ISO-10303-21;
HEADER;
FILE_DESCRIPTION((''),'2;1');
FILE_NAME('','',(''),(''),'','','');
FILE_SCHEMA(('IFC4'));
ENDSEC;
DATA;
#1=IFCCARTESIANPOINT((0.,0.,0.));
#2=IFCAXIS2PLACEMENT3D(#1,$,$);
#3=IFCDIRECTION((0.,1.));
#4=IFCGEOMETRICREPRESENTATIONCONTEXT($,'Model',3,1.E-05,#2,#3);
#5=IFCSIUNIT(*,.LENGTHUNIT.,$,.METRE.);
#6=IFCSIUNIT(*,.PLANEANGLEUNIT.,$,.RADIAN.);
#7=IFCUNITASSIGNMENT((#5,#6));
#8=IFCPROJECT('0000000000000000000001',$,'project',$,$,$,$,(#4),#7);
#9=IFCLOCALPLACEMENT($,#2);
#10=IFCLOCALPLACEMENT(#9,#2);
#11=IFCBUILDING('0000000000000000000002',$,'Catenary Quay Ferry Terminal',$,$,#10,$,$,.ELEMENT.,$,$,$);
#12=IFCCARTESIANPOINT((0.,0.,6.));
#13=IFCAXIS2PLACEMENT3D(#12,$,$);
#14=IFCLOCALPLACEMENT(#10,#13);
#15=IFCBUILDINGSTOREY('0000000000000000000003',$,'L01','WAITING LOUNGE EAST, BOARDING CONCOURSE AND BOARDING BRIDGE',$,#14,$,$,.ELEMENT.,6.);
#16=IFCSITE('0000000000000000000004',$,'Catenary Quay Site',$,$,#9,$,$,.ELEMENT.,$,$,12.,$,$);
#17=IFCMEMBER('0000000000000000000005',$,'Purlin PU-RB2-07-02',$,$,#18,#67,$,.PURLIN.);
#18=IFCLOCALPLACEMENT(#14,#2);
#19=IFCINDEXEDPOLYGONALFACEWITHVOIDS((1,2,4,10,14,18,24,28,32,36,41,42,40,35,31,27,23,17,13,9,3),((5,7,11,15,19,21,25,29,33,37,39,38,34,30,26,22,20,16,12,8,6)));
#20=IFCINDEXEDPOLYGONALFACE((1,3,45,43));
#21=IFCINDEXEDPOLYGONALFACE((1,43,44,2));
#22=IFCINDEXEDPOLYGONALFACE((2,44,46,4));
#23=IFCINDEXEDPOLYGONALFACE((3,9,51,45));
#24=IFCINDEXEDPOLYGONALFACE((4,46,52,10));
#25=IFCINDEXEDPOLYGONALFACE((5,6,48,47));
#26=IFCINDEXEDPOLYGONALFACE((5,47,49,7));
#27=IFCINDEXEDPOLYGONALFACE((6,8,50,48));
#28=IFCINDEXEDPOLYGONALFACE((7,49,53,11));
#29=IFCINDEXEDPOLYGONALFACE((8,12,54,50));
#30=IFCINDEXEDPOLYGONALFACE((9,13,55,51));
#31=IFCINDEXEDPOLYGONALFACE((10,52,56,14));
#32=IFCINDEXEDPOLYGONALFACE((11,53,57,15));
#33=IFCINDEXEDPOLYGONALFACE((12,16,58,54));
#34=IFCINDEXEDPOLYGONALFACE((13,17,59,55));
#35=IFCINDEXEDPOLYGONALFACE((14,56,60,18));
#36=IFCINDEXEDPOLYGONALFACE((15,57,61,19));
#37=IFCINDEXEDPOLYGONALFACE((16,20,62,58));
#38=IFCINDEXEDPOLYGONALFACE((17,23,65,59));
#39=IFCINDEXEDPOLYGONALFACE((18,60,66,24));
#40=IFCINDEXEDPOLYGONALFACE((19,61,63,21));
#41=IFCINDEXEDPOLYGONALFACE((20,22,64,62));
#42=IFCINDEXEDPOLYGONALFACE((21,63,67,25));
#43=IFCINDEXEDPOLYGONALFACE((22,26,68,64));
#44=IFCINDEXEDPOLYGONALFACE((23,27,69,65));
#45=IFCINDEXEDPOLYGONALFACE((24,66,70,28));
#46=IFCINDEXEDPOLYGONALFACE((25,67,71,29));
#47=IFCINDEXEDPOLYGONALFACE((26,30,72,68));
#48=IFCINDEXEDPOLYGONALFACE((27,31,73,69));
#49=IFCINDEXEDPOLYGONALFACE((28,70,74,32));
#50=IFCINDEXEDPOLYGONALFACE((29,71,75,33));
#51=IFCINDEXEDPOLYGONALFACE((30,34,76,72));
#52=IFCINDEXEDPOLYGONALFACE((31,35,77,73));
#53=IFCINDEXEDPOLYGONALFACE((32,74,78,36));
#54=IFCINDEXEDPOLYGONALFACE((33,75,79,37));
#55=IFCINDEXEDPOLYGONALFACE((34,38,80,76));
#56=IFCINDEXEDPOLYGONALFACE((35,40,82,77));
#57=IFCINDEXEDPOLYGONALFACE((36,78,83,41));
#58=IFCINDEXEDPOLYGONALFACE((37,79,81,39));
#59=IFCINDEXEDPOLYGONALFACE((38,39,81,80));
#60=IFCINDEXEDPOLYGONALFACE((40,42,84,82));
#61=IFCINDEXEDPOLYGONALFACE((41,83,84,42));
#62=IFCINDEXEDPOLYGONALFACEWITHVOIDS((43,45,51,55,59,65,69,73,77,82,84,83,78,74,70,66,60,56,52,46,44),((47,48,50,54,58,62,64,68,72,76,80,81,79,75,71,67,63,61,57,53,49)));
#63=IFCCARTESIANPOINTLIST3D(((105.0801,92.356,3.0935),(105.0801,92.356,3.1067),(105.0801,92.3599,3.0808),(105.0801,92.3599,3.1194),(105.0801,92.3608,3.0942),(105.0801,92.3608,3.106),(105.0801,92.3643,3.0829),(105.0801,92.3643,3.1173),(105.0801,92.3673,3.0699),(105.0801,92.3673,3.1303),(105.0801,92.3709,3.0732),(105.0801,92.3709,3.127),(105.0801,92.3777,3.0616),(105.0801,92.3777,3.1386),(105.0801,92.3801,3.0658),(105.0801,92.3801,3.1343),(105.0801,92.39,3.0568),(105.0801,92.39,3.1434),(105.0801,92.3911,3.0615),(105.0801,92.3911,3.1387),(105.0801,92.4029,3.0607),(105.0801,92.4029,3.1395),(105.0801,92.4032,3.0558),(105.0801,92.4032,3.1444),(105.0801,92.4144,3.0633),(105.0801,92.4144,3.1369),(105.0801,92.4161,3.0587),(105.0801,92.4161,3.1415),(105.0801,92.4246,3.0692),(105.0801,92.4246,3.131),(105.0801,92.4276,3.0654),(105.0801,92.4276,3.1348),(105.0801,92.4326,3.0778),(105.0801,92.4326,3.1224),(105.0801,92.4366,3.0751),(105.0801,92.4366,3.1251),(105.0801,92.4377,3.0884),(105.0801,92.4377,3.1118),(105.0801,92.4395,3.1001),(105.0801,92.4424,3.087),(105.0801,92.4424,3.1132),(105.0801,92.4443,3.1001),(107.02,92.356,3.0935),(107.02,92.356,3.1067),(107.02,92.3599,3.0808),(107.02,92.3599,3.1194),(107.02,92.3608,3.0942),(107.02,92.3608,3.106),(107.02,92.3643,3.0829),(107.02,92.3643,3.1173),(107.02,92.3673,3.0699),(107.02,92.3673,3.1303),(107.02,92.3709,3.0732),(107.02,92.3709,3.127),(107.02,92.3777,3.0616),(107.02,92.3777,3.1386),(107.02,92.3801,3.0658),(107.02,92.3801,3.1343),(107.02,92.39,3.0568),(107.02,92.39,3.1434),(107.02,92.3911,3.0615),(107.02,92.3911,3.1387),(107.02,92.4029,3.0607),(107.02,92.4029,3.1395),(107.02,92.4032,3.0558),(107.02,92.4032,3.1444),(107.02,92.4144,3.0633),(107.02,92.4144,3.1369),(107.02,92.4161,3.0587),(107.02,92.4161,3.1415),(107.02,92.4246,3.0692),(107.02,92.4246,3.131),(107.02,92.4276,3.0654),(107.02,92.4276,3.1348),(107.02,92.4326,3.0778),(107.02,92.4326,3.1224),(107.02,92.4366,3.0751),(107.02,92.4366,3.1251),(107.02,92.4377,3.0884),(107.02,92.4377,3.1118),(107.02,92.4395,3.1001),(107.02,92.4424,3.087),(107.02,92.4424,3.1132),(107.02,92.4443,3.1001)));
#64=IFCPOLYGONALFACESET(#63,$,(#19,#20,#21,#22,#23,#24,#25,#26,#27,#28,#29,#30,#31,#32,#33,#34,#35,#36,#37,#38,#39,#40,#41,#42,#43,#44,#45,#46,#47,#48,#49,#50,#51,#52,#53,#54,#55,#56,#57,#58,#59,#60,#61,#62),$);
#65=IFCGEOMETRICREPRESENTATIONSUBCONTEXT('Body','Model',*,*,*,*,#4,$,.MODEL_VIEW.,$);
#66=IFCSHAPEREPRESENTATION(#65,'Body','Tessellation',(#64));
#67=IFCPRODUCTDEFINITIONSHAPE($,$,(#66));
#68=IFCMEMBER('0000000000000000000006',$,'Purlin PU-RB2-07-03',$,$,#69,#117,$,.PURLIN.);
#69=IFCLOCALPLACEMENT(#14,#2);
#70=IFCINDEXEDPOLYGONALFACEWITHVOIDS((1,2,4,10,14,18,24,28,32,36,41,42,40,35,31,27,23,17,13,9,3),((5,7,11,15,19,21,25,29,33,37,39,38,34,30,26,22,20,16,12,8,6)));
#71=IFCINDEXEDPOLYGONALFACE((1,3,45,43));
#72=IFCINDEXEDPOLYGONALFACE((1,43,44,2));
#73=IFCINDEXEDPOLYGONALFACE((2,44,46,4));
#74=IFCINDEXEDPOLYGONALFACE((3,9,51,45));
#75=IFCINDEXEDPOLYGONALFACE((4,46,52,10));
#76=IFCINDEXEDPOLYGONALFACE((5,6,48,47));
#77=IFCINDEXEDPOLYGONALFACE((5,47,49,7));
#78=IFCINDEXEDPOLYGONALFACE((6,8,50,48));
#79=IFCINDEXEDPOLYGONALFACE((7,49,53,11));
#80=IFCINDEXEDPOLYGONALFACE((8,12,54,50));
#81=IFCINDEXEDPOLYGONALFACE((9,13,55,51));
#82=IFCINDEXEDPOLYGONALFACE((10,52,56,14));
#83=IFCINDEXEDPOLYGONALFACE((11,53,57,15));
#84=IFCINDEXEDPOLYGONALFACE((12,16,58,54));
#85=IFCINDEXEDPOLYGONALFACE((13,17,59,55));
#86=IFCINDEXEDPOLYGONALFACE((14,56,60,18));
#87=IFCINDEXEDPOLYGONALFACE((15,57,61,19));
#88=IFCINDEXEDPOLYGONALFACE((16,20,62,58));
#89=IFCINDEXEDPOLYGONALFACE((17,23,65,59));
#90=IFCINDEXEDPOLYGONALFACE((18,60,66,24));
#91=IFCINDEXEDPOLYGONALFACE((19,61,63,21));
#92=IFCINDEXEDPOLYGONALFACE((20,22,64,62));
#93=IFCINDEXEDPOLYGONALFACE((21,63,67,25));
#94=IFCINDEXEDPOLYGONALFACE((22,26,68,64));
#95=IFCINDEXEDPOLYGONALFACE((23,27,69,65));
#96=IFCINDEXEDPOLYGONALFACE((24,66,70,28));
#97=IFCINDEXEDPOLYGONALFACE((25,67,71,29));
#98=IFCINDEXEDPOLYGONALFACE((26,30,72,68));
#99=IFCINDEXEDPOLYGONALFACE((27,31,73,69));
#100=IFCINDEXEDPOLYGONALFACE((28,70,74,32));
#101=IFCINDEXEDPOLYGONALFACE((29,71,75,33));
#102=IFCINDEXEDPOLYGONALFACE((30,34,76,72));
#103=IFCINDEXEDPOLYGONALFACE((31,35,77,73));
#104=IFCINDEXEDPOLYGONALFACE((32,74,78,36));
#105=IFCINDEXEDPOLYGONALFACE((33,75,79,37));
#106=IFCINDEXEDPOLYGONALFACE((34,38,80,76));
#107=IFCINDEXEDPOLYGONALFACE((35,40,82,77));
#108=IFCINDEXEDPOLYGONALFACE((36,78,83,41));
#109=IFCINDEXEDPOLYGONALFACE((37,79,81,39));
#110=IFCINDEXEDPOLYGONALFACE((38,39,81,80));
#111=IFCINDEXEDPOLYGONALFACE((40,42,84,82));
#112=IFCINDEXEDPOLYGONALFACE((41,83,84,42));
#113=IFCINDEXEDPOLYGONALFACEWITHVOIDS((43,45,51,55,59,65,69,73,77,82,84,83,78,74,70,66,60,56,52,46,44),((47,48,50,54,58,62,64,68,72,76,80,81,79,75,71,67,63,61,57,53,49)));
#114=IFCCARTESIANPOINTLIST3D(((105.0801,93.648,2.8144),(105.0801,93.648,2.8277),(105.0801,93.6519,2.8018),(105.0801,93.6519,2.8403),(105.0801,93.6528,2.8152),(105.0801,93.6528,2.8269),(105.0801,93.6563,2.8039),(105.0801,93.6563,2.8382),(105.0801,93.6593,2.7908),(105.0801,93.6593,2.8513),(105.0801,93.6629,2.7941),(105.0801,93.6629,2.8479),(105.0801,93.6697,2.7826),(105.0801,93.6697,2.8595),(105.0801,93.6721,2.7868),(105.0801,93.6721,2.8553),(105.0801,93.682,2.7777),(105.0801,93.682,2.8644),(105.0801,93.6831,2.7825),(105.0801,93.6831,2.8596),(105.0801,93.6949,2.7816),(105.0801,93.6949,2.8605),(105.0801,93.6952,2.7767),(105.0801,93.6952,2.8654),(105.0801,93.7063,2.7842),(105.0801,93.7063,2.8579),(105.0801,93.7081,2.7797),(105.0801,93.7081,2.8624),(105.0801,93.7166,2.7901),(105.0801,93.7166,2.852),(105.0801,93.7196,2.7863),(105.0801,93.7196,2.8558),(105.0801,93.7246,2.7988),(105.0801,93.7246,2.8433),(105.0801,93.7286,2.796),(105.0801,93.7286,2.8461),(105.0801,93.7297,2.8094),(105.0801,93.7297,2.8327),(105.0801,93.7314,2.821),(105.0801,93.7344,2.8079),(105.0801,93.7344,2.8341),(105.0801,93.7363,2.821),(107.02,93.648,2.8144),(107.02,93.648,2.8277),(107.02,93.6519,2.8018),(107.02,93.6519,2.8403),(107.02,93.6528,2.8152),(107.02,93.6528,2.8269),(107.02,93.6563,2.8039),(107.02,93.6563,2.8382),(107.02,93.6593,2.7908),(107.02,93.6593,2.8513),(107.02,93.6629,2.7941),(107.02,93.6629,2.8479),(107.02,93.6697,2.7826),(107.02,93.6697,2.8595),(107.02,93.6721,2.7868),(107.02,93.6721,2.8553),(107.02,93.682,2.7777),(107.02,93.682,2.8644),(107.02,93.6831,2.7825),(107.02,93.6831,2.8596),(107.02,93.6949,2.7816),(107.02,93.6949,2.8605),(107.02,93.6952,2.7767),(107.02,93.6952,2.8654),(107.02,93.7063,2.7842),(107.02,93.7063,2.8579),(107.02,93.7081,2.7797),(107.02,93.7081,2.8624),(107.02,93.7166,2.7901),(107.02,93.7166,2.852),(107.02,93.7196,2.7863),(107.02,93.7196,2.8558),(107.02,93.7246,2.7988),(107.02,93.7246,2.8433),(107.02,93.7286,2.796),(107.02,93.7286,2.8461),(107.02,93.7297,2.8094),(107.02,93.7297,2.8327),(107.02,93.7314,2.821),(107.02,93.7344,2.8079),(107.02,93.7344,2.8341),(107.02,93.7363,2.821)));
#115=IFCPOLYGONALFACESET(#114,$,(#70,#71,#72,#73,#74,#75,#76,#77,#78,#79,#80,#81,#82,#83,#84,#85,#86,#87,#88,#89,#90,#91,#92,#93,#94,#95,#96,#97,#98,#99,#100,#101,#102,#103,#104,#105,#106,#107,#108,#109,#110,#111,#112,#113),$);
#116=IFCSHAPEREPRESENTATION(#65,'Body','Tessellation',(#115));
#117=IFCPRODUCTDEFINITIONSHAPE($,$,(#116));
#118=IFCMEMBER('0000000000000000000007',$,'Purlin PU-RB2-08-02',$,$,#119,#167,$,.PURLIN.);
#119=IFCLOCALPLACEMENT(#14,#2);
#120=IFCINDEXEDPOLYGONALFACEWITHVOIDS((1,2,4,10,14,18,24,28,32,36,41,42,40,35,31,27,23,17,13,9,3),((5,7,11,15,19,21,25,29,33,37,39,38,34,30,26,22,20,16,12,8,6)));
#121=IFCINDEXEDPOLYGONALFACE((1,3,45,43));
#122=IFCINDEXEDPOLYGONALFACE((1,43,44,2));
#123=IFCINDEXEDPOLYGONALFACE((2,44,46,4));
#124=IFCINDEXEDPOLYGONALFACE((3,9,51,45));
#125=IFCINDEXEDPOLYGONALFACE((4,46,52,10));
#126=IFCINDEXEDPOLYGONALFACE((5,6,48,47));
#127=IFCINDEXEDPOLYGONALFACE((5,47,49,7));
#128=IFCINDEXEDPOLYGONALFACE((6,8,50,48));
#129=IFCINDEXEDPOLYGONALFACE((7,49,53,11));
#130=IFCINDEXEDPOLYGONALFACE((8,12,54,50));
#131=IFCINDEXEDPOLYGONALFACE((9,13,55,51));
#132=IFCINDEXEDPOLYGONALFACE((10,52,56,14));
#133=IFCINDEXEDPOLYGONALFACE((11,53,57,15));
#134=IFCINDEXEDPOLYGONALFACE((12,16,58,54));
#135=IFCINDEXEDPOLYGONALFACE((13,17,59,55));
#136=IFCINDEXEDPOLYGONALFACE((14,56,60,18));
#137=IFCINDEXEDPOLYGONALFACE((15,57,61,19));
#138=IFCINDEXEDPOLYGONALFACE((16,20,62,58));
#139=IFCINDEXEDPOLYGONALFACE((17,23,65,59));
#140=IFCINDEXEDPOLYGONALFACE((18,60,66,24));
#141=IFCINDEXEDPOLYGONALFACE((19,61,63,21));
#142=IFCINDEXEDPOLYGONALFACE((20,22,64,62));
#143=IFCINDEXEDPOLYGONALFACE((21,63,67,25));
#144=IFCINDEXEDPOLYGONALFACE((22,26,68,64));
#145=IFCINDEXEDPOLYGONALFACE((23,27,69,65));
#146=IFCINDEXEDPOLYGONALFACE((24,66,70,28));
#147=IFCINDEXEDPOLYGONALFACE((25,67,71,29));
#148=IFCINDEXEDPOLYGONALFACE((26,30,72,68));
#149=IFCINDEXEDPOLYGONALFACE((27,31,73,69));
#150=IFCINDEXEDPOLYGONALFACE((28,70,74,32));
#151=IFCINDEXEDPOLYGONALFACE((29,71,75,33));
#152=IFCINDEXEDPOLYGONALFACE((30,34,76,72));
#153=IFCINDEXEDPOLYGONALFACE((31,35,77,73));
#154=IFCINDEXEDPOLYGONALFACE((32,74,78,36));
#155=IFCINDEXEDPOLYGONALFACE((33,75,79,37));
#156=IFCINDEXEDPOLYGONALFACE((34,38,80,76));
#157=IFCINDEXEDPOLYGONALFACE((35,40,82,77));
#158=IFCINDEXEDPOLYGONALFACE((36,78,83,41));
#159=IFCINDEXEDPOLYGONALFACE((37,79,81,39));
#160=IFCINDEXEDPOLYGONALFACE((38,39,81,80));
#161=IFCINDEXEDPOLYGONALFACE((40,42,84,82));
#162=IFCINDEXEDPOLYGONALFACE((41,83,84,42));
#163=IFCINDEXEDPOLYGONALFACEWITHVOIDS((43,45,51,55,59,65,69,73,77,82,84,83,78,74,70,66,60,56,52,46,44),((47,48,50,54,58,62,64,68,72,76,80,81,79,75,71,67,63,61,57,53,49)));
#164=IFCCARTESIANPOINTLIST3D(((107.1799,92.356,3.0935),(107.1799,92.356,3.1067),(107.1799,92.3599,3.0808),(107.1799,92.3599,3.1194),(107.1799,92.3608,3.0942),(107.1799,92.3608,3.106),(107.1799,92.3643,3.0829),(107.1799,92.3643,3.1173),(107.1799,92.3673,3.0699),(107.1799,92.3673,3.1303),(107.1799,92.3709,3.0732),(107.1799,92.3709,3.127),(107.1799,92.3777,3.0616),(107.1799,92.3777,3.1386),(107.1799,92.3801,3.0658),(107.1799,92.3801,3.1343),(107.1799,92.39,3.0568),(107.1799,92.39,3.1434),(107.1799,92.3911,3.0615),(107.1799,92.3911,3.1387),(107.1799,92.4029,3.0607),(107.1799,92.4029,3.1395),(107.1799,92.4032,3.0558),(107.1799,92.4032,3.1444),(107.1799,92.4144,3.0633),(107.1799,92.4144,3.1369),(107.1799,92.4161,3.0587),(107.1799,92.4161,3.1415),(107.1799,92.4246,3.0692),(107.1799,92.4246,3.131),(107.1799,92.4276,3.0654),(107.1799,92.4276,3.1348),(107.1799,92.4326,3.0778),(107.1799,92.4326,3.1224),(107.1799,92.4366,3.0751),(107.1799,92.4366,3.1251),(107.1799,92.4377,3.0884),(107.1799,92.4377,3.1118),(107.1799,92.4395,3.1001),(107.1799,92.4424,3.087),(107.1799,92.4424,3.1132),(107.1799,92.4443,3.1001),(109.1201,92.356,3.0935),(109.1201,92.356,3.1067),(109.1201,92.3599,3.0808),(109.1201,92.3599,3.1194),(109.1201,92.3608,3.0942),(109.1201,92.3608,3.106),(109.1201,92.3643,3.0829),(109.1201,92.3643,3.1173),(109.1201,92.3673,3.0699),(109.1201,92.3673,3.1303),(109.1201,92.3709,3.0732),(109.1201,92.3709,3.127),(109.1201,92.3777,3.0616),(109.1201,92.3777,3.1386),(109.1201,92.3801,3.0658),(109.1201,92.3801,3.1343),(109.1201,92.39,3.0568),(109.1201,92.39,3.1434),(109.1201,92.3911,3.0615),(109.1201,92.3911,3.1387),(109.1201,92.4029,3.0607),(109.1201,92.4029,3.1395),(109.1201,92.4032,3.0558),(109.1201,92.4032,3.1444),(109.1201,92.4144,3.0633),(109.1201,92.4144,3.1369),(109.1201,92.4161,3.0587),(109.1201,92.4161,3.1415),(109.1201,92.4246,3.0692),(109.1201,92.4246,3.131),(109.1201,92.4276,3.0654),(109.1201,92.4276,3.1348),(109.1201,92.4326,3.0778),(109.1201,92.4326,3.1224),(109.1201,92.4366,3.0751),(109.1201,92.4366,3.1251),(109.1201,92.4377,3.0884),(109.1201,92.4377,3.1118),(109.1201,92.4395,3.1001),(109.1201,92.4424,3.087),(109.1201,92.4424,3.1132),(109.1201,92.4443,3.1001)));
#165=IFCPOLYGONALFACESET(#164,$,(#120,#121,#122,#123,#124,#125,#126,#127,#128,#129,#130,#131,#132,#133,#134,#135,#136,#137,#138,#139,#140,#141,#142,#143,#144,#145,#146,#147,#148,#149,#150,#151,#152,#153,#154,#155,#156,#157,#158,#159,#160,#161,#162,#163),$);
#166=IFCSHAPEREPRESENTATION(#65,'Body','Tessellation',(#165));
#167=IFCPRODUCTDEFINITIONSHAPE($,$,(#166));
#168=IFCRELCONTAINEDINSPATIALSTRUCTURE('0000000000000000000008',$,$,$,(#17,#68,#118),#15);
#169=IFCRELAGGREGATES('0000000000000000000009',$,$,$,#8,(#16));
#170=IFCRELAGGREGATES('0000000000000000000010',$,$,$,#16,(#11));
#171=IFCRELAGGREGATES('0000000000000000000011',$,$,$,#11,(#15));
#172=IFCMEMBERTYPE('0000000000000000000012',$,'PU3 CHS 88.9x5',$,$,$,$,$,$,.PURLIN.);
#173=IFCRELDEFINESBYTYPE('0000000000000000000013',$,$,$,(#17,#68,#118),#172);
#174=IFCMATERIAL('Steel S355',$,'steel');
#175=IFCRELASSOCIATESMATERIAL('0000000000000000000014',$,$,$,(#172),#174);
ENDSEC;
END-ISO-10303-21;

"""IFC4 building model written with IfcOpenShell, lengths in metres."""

from ifc_helpers import new_model, si_unit, direction, frame, origin, origin_2d, place, context, subcontext, project, spatial, hollow_circle, extrude, material, material_profile, profile_set, type_object, element, save


model = new_model("IFC4")

# Units and contexts
model_context = context("Model", 3, precision=1e-05, world=origin(), true_north=direction((0.0, 1.0)))
body_context = subcontext(model_context, "Body", "Model", "MODEL_VIEW")
ifc_project = project(units=[si_unit("LENGTHUNIT", "METRE"), si_unit("PLANEANGLEUNIT", "RADIAN")], contexts=[model_context])

# Site, building, storey
site_placement = place(None, origin())
site = spatial("IfcSite", under=ifc_project, at=site_placement, Name="Catenary Quay Site", CompositionType="ELEMENT", RefElevation=12.0)
building_placement = place(site_placement, origin())
building = spatial("IfcBuilding", under=site, at=building_placement, Name="Catenary Quay Ferry Terminal", CompositionType="ELEMENT")
storey_placement = place(building_placement, frame((0.0, 0.0, 6.0)))
storey = spatial("IfcBuildingStorey", under=building, at=storey_placement, Name="L01", Description="WAITING LOUNGE EAST, BOARDING CONCOURSE AND BOARDING BRIDGE", CompositionType="ELEMENT", Elevation=6.0)

# Members
ifc_material_1 = material(Name="Steel S355", Category="steel")
ifc_material_profile_1 = material_profile(ifc_material_1, hollow_circle(Radius=0.0444, WallThickness=0.0049, at=origin_2d()), Name="CHS 88.9x5")
ifc_profile_set_1 = profile_set([ifc_material_profile_1], Name="Steel S355")
member_type_1 = type_object("IfcMemberType", Name="PU3 CHS 88.9x5", PredefinedType="PURLIN", material=ifc_profile_set_1)
for number, where, z_axis, x_axis, name in (
    (1, (105.0801, 92.3999, 3.1001), (1.0, 0.0, 0.0), (0.0, 1.0, 0.0), "Purlin PU-RB2-07-02"),
    (2, (105.0801, 93.6919, 2.821), (1.0, 0.0, 0.0), (0.0, 1.0, 0.0), "Purlin PU-RB2-07-03"),
):
    element("IfcMember", number, at=place(storey_placement, frame(where, z_axis=z_axis, x_axis=x_axis)), inside=storey, type_object=member_type_1, Name=name, PredefinedType="PURLIN", context=body_context, shape_type="SweptSolid", body=[
        extrude(hollow_circle(Radius=0.0444, WallThickness=0.0049, at=origin_2d()), origin(), (0.0, 0.0, 1.0), 1.9399),
    ])
for number, where, z_axis, x_axis, name in (
    (3, (107.1799, 92.3999, 3.1001), (1.0, 0.0, 0.0), (0.0, 1.0, 0.0), "Purlin PU-RB2-08-02"),
):
    element("IfcMember", number, at=place(storey_placement, frame(where, z_axis=z_axis, x_axis=x_axis)), inside=storey, type_object=member_type_1, Name=name, PredefinedType="PURLIN", context=body_context, shape_type="SweptSolid", body=[
        extrude(hollow_circle(Radius=0.0444, WallThickness=0.0049, at=origin_2d()), origin(), (0.0, 0.0, 1.0), 1.9402),
    ])

save(model, "model.ifc")
